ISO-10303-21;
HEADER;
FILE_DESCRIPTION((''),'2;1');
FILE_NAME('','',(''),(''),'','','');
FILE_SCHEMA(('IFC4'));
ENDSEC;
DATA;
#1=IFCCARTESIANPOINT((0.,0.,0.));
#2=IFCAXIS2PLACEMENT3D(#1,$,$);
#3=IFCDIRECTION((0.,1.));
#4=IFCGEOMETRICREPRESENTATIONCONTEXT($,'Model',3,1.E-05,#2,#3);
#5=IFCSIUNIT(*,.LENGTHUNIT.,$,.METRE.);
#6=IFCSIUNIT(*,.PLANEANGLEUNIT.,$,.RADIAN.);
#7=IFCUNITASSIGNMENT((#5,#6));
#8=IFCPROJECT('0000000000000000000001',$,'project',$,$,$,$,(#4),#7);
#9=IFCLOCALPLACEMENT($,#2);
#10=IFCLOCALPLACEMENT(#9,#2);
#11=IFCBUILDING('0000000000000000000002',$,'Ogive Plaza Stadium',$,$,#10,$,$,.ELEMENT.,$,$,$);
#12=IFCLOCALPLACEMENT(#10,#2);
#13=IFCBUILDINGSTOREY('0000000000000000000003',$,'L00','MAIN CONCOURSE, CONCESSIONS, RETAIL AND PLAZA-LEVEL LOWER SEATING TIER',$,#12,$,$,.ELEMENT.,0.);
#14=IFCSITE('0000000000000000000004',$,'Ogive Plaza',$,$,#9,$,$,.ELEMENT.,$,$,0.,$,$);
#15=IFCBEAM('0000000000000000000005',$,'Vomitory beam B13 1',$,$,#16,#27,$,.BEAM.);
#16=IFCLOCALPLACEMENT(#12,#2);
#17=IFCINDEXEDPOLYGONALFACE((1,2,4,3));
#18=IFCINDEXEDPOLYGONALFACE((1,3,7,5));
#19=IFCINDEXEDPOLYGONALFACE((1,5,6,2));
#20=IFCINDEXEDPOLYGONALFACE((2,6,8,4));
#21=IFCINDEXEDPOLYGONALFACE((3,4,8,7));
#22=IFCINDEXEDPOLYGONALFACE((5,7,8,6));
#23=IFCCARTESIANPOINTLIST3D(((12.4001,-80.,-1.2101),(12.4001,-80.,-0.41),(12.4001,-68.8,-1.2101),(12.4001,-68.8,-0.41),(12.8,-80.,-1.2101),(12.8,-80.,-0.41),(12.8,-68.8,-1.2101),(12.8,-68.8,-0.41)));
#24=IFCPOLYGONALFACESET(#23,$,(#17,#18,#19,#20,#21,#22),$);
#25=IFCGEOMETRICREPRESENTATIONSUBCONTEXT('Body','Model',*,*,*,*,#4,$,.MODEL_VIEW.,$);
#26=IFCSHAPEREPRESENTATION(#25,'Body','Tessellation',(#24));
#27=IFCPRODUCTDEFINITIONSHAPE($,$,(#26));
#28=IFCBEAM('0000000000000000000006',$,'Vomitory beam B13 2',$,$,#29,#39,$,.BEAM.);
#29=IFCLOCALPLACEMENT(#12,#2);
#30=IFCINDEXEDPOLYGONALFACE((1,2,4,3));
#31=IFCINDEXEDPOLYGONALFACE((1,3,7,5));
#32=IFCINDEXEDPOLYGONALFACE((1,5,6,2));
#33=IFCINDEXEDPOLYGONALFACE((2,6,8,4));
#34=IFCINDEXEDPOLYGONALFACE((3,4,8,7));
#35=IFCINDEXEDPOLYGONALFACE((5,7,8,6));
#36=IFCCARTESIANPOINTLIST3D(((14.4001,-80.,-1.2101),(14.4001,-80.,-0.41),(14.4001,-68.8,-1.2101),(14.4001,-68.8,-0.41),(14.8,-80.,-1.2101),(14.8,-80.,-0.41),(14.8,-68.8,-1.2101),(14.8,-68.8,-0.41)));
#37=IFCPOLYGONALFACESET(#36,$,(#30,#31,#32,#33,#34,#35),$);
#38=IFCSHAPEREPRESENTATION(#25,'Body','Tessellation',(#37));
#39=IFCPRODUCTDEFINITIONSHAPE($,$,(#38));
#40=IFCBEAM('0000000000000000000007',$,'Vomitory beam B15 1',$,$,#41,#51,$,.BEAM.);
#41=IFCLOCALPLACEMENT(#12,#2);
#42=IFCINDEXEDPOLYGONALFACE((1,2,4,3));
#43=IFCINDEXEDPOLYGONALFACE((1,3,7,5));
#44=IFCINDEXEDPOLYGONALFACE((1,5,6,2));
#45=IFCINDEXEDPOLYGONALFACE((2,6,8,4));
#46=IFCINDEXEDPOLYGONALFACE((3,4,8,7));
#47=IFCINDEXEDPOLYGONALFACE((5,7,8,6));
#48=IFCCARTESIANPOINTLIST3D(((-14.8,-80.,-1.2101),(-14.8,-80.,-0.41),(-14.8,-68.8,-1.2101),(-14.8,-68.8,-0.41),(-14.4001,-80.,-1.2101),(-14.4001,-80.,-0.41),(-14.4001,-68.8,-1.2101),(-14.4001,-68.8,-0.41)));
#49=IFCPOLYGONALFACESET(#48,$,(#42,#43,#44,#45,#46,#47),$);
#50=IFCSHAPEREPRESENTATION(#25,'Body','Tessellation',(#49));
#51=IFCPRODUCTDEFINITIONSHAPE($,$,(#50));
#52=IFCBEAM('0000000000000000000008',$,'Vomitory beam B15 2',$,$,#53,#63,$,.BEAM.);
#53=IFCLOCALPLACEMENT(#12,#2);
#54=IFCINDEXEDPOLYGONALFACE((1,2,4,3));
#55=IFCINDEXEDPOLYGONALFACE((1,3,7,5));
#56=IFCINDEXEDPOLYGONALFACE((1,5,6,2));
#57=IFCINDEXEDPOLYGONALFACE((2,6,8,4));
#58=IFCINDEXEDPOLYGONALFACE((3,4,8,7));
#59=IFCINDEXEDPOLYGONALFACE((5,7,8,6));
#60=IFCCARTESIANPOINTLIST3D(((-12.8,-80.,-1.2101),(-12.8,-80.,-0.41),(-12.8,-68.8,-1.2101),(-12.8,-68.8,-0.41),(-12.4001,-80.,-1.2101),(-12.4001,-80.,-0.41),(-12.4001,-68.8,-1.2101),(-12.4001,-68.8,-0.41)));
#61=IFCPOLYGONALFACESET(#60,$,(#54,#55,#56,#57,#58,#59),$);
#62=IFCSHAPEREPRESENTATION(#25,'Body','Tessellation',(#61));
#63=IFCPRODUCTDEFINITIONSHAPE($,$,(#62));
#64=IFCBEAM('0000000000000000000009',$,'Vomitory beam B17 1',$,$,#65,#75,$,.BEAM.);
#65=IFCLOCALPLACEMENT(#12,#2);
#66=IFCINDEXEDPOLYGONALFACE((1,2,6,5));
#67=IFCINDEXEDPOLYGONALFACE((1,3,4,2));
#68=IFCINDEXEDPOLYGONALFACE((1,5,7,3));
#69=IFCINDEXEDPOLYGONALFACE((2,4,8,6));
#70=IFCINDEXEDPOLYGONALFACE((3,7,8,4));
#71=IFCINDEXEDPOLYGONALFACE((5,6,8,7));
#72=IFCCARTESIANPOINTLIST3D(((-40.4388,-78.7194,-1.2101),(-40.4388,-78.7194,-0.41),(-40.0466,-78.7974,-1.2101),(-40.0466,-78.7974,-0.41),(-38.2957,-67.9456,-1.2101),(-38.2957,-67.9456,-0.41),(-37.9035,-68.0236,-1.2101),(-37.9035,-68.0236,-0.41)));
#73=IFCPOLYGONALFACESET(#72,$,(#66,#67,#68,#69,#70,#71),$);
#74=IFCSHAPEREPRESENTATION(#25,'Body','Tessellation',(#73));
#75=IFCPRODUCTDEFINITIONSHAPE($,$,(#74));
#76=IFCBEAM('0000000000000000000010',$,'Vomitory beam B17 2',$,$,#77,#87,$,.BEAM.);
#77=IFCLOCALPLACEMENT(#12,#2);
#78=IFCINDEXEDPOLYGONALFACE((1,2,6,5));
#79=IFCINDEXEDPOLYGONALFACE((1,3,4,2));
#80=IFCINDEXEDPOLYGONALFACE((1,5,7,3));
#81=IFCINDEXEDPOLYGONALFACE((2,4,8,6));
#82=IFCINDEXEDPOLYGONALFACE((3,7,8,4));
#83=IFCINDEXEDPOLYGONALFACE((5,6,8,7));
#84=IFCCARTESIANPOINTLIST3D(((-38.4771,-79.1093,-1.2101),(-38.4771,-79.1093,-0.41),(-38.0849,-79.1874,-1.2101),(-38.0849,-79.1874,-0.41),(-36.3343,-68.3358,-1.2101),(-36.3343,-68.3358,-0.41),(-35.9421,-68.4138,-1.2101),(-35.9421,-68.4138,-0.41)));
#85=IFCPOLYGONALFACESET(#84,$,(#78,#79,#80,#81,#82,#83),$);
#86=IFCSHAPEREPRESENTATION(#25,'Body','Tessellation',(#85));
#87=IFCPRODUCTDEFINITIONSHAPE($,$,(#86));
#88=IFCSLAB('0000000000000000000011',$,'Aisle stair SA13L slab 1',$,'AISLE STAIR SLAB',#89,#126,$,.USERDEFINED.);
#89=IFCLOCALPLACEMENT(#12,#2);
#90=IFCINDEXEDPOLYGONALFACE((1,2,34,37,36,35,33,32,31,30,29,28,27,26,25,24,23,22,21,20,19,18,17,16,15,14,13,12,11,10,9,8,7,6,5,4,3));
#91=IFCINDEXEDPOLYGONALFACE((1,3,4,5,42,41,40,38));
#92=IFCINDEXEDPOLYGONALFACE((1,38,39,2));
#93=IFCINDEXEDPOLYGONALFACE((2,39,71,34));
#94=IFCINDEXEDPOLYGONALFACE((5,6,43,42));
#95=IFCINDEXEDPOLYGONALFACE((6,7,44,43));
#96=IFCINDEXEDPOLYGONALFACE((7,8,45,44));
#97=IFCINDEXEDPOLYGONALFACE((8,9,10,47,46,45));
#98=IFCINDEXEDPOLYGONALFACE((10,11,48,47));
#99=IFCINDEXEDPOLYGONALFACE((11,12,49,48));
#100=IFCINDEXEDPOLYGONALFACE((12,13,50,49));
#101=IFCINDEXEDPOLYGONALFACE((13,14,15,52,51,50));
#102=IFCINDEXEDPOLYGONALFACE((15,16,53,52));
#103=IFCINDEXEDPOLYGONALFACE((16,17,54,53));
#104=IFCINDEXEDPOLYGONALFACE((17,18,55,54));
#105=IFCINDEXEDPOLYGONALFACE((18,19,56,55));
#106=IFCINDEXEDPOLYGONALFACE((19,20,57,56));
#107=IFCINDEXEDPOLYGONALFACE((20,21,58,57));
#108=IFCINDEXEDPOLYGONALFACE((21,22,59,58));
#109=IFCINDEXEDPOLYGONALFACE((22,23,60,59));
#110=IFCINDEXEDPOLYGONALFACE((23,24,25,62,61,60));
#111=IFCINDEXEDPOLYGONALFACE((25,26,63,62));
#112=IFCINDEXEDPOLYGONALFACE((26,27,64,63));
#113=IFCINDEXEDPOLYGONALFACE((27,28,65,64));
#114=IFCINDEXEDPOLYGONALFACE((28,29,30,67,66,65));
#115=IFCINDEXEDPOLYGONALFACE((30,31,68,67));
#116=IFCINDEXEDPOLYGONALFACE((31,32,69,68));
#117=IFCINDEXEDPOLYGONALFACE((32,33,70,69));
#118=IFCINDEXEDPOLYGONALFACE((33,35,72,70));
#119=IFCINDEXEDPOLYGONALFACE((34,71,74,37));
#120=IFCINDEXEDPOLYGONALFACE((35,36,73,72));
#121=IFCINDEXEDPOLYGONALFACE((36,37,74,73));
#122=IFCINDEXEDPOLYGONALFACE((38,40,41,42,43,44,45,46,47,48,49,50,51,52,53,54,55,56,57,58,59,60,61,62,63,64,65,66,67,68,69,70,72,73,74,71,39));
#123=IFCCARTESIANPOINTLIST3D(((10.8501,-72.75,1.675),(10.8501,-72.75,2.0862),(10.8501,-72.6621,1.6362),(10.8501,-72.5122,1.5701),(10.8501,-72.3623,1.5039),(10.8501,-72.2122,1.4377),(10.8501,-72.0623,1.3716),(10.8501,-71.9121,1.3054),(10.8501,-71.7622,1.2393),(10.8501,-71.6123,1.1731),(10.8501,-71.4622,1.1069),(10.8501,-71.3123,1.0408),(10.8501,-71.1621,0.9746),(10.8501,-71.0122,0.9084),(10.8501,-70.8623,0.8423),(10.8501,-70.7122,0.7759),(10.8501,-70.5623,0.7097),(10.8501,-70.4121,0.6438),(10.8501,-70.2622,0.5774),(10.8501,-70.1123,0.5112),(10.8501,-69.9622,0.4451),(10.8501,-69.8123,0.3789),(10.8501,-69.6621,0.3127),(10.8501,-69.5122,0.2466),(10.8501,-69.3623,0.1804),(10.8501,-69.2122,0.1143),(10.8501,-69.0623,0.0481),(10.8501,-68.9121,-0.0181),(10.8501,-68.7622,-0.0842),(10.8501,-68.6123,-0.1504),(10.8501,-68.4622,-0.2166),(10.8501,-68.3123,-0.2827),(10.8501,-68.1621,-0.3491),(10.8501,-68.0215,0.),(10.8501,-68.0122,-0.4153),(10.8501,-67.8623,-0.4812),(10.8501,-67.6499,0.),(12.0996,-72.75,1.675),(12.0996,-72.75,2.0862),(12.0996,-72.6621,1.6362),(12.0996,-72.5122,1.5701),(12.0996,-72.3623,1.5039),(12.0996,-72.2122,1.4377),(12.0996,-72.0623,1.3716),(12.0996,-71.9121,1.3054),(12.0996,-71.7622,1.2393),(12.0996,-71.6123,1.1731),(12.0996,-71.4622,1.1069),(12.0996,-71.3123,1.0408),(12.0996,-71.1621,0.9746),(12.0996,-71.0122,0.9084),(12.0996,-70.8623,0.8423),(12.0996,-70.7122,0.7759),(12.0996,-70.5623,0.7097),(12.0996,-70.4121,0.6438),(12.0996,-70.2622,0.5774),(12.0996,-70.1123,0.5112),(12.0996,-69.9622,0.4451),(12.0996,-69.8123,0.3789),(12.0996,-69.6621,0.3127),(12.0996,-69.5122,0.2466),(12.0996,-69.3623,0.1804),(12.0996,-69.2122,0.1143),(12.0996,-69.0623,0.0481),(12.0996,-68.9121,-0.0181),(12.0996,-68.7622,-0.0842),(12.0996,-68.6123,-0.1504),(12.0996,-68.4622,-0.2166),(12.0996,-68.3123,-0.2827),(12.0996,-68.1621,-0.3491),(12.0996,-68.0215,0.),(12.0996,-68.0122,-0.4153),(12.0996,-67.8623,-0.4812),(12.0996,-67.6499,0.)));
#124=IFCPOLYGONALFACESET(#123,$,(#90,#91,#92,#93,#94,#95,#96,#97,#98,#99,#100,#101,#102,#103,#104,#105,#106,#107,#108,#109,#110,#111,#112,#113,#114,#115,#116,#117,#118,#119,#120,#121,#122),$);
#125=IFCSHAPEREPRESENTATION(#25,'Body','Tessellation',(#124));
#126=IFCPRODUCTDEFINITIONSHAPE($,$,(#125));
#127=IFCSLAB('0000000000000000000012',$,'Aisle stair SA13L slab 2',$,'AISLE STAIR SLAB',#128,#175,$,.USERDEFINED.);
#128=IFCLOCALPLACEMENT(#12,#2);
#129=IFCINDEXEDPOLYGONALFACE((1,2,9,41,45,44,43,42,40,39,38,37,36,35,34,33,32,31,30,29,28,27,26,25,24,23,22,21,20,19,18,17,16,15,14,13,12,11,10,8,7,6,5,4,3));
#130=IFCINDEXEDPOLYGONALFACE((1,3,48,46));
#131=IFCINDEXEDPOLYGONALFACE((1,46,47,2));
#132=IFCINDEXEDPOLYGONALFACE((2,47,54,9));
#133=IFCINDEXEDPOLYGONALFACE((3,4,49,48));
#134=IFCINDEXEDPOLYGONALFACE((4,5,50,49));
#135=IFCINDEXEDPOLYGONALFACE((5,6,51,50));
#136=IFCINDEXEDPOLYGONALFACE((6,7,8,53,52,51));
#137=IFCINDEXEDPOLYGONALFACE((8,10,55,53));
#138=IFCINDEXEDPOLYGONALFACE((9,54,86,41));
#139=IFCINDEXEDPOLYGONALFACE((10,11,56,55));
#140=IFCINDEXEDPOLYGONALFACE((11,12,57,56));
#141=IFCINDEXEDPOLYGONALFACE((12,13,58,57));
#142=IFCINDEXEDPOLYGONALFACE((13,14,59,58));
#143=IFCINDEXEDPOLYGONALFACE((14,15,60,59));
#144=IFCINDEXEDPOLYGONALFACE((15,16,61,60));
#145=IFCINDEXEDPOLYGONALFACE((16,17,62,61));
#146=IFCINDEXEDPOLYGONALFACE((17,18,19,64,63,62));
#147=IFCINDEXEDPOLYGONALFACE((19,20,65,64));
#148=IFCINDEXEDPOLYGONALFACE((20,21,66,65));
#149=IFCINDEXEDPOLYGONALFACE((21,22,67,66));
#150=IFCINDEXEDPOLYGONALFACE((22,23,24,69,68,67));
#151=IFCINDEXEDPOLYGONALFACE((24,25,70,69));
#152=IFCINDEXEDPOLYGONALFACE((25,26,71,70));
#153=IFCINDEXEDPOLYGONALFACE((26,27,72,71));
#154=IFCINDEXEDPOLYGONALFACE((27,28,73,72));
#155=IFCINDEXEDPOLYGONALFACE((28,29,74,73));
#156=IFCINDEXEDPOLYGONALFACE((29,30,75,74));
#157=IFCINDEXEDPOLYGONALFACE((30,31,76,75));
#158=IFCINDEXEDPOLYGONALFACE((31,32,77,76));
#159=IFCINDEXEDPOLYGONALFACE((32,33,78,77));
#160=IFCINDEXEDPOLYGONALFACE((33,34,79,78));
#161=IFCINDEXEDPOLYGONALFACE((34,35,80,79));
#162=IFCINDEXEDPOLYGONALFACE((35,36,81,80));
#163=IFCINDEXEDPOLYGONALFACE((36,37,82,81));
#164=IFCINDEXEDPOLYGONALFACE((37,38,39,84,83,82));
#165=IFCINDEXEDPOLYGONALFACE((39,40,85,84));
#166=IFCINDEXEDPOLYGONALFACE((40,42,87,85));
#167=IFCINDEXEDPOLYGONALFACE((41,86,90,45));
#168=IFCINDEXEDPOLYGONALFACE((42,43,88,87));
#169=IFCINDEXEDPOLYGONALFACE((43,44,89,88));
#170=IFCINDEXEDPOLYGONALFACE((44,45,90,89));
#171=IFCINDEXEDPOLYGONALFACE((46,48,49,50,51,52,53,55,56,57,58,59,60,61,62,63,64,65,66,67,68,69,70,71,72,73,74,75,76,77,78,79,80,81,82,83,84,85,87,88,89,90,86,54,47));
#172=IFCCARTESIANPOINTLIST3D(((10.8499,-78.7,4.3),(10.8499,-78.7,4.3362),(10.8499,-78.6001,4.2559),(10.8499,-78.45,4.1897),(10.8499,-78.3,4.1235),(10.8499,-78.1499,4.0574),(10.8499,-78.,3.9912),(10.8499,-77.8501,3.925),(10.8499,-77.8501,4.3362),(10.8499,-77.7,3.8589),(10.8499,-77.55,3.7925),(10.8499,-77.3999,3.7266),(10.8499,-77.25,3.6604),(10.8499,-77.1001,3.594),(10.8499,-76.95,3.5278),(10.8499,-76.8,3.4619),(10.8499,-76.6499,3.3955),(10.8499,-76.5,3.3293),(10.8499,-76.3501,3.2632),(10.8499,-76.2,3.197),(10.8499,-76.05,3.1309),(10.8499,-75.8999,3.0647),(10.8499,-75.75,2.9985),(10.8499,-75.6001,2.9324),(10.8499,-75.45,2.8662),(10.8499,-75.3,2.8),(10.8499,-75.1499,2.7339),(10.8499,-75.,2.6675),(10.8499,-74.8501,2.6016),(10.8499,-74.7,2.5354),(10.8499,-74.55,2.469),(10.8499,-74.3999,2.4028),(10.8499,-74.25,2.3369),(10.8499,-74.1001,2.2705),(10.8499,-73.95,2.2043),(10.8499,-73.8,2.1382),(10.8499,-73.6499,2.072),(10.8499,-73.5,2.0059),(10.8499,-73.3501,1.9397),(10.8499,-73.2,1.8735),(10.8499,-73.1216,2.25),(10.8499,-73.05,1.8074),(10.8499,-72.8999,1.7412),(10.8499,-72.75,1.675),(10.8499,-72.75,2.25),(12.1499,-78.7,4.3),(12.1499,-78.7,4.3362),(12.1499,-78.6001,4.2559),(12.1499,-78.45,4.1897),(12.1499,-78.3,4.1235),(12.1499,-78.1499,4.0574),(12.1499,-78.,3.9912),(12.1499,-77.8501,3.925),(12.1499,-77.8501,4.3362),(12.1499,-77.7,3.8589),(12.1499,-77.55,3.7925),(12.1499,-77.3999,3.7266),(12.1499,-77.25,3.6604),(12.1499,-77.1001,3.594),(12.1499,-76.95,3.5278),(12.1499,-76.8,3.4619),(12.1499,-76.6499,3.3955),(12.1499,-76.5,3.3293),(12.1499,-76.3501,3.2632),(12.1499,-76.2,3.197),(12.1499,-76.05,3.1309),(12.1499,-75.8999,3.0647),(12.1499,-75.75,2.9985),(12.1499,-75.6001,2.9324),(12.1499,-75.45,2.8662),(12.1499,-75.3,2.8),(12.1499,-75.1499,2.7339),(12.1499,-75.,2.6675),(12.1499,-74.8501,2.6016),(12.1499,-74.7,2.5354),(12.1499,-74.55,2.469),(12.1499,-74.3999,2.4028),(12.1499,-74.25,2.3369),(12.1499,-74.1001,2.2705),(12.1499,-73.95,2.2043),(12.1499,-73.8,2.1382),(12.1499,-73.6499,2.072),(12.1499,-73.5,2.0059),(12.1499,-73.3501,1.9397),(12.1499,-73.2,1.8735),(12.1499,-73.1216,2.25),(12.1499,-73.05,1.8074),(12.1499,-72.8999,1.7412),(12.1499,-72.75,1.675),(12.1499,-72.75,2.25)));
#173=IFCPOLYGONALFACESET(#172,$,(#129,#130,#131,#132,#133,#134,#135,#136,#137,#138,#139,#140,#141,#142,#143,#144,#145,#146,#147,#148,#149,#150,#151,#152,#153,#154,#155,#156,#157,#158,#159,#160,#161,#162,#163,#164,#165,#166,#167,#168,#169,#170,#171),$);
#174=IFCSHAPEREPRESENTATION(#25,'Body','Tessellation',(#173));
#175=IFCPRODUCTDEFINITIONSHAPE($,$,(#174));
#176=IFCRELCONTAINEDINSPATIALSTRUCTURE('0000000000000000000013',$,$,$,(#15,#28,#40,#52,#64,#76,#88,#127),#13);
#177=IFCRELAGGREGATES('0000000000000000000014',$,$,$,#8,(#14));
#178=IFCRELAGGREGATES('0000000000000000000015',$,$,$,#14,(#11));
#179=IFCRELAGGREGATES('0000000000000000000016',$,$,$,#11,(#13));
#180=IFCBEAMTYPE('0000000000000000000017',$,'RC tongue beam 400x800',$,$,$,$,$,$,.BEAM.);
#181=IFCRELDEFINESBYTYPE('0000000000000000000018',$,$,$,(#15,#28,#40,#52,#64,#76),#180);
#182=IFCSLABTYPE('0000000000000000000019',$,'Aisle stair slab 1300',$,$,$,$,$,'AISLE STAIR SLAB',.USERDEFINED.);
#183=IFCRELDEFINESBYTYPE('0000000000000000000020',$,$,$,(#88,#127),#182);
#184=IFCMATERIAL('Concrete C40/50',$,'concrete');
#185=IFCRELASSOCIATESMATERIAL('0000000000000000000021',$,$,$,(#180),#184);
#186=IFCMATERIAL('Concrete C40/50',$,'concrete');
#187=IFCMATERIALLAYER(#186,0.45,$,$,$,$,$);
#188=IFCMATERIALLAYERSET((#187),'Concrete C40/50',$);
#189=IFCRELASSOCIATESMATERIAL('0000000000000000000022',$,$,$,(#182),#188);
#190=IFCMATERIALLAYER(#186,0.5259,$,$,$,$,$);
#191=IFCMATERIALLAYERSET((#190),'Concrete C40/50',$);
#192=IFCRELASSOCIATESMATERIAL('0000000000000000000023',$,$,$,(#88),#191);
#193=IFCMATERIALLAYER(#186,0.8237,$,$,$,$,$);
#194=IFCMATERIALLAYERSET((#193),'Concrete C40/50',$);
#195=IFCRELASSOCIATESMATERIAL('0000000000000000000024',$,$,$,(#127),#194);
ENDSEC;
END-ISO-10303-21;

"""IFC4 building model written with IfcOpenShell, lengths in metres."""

from ifc_helpers import new_model, si_unit, direction, frame, origin, origin_2d, place, context, subcontext, project, spatial, polyline, rectangle, outline, extrude, material, layer, layer_set, material_profile, profile_set, type_object, element, save


model = new_model("IFC4")

# Units and contexts
model_context = context("Model", 3, precision=1e-05, world=origin(), true_north=direction((0.0, 1.0)))
body_context = subcontext(model_context, "Body", "Model", "MODEL_VIEW")
ifc_project = project(units=[si_unit("LENGTHUNIT", "METRE"), si_unit("PLANEANGLEUNIT", "RADIAN")], contexts=[model_context])

# Site, building, storey
site_placement = place(None, origin())
site = spatial("IfcSite", under=ifc_project, at=site_placement, Name="Ogive Plaza", CompositionType="ELEMENT", RefElevation=0.0)
building_placement = place(site_placement, origin())
building = spatial("IfcBuilding", under=site, at=building_placement, Name="Ogive Plaza Stadium", CompositionType="ELEMENT")
storey_placement = place(building_placement, origin())
storey = spatial("IfcBuildingStorey", under=building, at=storey_placement, Name="L00", Description="MAIN CONCOURSE, CONCESSIONS, RETAIL AND PLAZA-LEVEL LOWER SEATING TIER", CompositionType="ELEMENT", Elevation=0.0)

# Beams
ifc_material_1 = material(Name="Concrete C40/50", Category="concrete")
ifc_material_profile = material_profile(ifc_material_1, rectangle(XDim=0.3999, YDim=0.8, at=origin_2d()), Name="RC 400x800")
ifc_profile_set = profile_set([ifc_material_profile], Name="Concrete C40/50")
beam_type = type_object("IfcBeamType", Name="RC tongue beam 400x800", PredefinedType="BEAM", material=ifc_profile_set)
for number, where, z_axis, x_axis, name in (
    (1, (12.6001, -68.8, -0.8101), (0.0, -1.0, 0.0), (1.0, 0.0, 0.0), "Vomitory beam B13 1"),
    (2, (14.6001, -68.8, -0.8101), (0.0, -1.0, 0.0), (1.0, 0.0, 0.0), "Vomitory beam B13 2"),
    (3, (-14.6001, -68.8, -0.8101), (0.0, -1.0, 0.0), (1.0, 0.0, 0.0), "Vomitory beam B15 1"),
    (4, (-12.6001, -68.8, -0.8101), (0.0, -1.0, 0.0), (1.0, 0.0, 0.0), "Vomitory beam B15 2"),
):
    element("IfcBeam", number, at=place(storey_placement, frame(where, z_axis=z_axis, x_axis=x_axis)), inside=storey, type_object=beam_type, Name=name, PredefinedType="BEAM", context=body_context, shape_type="SweptSolid", body=[
        extrude(rectangle(XDim=0.3999, YDim=0.8, at=origin_2d()), origin(), (0.0, 0.0, 1.0), 11.2),
    ])
beam_1_placement = place(storey_placement, frame((-38.0996, -67.9846, -0.8101), z_axis=(-0.195095, -0.980784, 0.0), x_axis=(0.980784, -0.195095, 0.0)))
element("IfcBeam", 5, at=beam_1_placement, inside=storey, type_object=beam_type, Name="Vomitory beam B17 1", PredefinedType="BEAM", context=body_context, shape_type="SweptSolid", body=[
    extrude(rectangle(XDim=0.3999, YDim=0.8, at=origin_2d()), origin(), (0.0, 0.0, 1.0), 10.9849),
])
beam_2_placement = place(storey_placement, frame((-36.1382, -68.3748, -0.8101), z_axis=(-0.195073, -0.980789, 0.0), x_axis=(0.980789, -0.195073, 0.0)))
element("IfcBeam", 6, at=beam_2_placement, inside=storey, type_object=beam_type, Name="Vomitory beam B17 2", PredefinedType="BEAM", context=body_context, shape_type="SweptSolid", body=[
    extrude(rectangle(XDim=0.3999, YDim=0.8, at=origin_2d()), origin(), (0.0, 0.0, 1.0), 10.9846),
])

# Slabs
ifc_material_2 = material(Name="Concrete C40/50", Category="concrete")
ifc_layer_1 = layer(ifc_material_2, 0.5259)
ifc_layer_set_1 = layer_set([ifc_layer_1], Name="Concrete C40/50")
ifc_layer_2 = layer(ifc_material_2, 0.45)
ifc_layer_set_2 = layer_set([ifc_layer_2], Name="Concrete C40/50")
slab_type_1 = type_object("IfcSlabType", Name="Aisle stair slab 1300", ElementType="AISLE STAIR SLAB", PredefinedType="USERDEFINED", material=ifc_layer_set_2)
slab_1_placement = place(storey_placement, frame((11.4749, -67.6499, 0.0), z_axis=(0.0, 0.0, 1.0), x_axis=(0.0, -1.0, 0.0)))
element("IfcSlab", 7, at=slab_1_placement, inside=storey, type_object=slab_type_1, material=ifc_layer_set_1, Name="Aisle stair SA13L slab 1", ObjectType="AISLE STAIR SLAB", PredefinedType="USERDEFINED", context=body_context, shape_type="SweptSolid", body=[
    extrude(outline(polyline([(0.0, 0.0), (0.3716, 0.0), (5.1001, 2.0862), (5.1001, 1.675), (5.0122, 1.6362), (4.8623, 1.5701), (4.7124, 1.5039), (4.5623, 1.4377), (4.4124, 1.3716), (4.2622, 1.3054), (4.1123, 1.2393), (3.9624, 1.1731), (3.8123, 1.1069), (3.6624, 1.0408), (3.5122, 0.9746), (3.3623, 0.9084), (3.2124, 0.8423), (3.0623, 0.7759), (2.9124, 0.7097), (2.7622, 0.6438), (2.6123, 0.5774), (2.4624, 0.5112), (2.3123, 0.4451), (2.1624, 0.3789), (2.0122, 0.3127), (1.8623, 0.2466), (1.7124, 0.1804), (1.5623, 0.1143), (1.4124, 0.0481), (1.2622, -0.0181), (1.1123, -0.0842), (0.9624, -0.1504), (0.8123, -0.2166), (0.6624, -0.2827), (0.5122, -0.3491), (0.3623, -0.4153), (0.2124, -0.4812), (0.0, 0.0)])), frame((0.0, 0.6248, 0.0), z_axis=(0.0, -1.0, 0.0), x_axis=(1.0, 0.0, 0.0)), (0.0, 0.0, 1.0), 1.2495),
])
ifc_layer_3 = layer(ifc_material_2, 0.8237)
ifc_layer_set_3 = layer_set([ifc_layer_3], Name="Concrete C40/50")
slab_2_placement = place(storey_placement, frame((11.5, -72.75, 0.0), z_axis=(0.0, 0.0, 1.0), x_axis=(0.0, -1.0, 0.0)))
element("IfcSlab", 8, at=slab_2_placement, inside=storey, type_object=slab_type_1, material=ifc_layer_set_3, Name="Aisle stair SA13L slab 2", ObjectType="AISLE STAIR SLAB", PredefinedType="USERDEFINED", context=body_context, shape_type="SweptSolid", body=[
    extrude(outline(polyline([(0.0, 2.25), (0.3716, 2.25), (5.1001, 4.3362), (5.95, 4.3362), (5.95, 4.3), (5.8501, 4.2559), (5.7, 4.1897), (5.55, 4.1235), (5.3999, 4.0574), (5.25, 3.9912), (5.1001, 3.925), (4.95, 3.8589), (4.8, 3.7925), (4.6499, 3.7266), (4.5, 3.6604), (4.3501, 3.594), (4.2, 3.5278), (4.05, 3.4619), (3.8999, 3.3955), (3.75, 3.3293), (3.6001, 3.2632), (3.45, 3.197), (3.3, 3.1309), (3.1499, 3.0647), (3.0, 2.9985), (2.8501, 2.9324), (2.7, 2.8662), (2.55, 2.8), (2.3999, 2.7339), (2.25, 2.6675), (2.1001, 2.6016), (1.95, 2.5354), (1.8, 2.469), (1.6499, 2.4028), (1.5, 2.3369), (1.3501, 2.2705), (1.2, 2.2043), (1.05, 2.1382), (0.8999, 2.072), (0.75, 2.0059), (0.6001, 1.9397), (0.45, 1.8735), (0.3, 1.8074), (0.1499, 1.7412), (0.0, 1.675), (0.0, 2.25)])), frame((0.0, 0.6499, 0.0), z_axis=(0.0, -1.0, 0.0), x_axis=(1.0, 0.0, 0.0)), (0.0, 0.0, 1.0), 1.3),
])

save(model, "model.ifc")
